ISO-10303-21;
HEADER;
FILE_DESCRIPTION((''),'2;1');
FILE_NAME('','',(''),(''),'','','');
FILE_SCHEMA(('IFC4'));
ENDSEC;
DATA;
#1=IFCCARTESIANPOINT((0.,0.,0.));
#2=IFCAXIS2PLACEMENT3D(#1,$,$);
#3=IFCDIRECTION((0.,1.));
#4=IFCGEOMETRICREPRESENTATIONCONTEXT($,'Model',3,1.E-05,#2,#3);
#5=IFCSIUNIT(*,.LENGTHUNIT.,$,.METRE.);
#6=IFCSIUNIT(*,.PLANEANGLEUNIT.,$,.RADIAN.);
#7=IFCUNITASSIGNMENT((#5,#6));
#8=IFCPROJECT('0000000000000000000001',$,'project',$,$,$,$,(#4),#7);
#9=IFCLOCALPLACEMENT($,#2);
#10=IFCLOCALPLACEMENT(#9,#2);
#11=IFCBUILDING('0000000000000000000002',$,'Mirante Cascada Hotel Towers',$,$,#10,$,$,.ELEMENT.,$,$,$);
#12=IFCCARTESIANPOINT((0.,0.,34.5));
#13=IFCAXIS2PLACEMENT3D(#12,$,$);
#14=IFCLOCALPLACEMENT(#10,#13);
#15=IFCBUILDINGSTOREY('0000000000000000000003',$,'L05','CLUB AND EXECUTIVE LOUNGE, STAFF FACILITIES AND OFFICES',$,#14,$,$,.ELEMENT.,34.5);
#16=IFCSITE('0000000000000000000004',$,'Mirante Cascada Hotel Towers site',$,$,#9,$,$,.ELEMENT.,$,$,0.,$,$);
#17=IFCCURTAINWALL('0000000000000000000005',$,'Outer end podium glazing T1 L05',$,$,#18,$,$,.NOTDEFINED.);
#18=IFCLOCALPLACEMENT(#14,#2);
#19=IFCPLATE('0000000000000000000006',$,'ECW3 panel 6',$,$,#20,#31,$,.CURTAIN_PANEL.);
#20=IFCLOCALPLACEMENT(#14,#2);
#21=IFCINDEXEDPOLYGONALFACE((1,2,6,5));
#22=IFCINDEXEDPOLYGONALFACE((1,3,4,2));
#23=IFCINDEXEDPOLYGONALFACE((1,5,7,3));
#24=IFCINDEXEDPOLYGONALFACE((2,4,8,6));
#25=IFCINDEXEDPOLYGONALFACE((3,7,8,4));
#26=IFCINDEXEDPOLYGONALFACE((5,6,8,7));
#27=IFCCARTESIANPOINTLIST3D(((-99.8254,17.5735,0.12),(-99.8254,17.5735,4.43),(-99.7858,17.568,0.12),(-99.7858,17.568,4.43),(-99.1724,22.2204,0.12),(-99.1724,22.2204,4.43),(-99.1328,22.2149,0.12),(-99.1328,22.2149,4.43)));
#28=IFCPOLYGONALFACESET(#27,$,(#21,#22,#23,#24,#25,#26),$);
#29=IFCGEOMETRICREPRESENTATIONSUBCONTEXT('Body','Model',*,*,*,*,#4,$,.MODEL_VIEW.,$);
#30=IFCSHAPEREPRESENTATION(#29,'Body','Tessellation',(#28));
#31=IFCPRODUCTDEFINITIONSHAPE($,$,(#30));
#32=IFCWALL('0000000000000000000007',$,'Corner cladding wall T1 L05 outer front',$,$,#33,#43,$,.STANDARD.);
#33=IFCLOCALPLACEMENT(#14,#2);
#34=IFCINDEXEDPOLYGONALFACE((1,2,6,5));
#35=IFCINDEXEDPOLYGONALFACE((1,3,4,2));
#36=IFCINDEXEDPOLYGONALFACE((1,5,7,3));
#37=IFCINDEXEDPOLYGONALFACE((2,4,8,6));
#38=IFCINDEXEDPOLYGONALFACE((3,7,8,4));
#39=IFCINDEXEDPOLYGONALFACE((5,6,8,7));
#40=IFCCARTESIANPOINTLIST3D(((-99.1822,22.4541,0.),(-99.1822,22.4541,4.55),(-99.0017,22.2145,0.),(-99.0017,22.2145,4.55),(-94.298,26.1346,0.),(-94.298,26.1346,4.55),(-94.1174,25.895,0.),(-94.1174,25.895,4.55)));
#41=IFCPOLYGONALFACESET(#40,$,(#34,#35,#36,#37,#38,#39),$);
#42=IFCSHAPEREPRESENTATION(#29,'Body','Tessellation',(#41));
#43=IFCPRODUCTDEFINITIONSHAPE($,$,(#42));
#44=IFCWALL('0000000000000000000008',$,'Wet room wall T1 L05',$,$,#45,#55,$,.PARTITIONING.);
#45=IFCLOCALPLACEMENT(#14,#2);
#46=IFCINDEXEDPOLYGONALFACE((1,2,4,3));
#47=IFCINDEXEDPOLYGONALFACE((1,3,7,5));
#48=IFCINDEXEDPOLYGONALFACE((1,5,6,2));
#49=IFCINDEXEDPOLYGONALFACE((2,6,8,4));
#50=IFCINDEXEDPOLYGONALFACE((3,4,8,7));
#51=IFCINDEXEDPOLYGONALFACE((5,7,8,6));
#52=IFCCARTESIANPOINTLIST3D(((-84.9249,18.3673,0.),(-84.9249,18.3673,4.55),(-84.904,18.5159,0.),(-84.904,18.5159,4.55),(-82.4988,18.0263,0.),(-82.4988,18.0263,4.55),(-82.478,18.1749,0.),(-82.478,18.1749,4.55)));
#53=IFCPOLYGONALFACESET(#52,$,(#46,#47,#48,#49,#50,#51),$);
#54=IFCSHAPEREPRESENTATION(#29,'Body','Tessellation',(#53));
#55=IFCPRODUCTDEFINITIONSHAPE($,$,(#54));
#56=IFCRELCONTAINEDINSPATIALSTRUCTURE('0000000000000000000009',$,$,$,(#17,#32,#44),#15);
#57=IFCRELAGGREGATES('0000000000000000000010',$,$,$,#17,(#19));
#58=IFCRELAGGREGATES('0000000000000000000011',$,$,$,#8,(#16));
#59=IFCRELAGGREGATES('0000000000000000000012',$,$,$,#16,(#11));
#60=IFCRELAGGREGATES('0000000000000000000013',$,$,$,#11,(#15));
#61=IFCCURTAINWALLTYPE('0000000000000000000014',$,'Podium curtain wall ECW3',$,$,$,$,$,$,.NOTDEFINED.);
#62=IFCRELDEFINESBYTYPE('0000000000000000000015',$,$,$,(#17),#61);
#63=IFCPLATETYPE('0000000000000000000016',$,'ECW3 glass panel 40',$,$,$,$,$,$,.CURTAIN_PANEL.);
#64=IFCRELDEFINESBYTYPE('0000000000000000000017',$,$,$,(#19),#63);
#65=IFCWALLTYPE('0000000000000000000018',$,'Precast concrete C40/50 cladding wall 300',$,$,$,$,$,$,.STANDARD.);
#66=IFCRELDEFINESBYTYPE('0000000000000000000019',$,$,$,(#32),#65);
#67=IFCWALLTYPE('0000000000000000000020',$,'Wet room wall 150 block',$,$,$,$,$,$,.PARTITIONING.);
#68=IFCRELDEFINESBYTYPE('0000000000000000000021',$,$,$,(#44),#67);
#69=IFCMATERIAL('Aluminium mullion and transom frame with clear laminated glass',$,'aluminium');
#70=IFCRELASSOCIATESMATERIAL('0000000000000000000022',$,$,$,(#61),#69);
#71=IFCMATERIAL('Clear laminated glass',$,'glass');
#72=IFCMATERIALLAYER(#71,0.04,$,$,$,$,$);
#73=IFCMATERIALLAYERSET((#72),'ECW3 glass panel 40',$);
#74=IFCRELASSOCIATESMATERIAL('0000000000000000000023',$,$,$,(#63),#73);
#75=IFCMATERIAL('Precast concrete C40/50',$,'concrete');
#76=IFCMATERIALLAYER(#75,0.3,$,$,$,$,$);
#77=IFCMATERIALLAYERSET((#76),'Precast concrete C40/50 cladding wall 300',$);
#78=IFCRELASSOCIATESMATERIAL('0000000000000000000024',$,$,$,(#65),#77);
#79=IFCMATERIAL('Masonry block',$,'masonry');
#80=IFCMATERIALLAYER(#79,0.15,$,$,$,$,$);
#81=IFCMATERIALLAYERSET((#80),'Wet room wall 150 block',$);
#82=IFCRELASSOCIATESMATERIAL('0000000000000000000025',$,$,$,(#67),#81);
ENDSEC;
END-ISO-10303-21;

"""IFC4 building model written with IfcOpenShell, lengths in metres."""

from ifc_helpers import new_model, si_unit, direction, frame, frame_2d, origin, origin_2d, place, context, subcontext, project, spatial, rectangle, extrude, material, layer, layer_set, type_object, element, aggregate, save


model = new_model("IFC4")

# Units and contexts
model_context = context("Model", 3, precision=1e-05, world=origin(), true_north=direction((0.0, 1.0)))
body_context = subcontext(model_context, "Body", "Model", "MODEL_VIEW")
ifc_project = project(units=[si_unit("LENGTHUNIT", "METRE"), si_unit("PLANEANGLEUNIT", "RADIAN")], contexts=[model_context])

# Site, building, storey
site_placement = place(None, origin())
site = spatial("IfcSite", under=ifc_project, at=site_placement, Name="Mirante Cascada Hotel Towers site", CompositionType="ELEMENT", RefElevation=0.0)
building_placement = place(site_placement, origin())
building = spatial("IfcBuilding", under=site, at=building_placement, Name="Mirante Cascada Hotel Towers", CompositionType="ELEMENT")
storey_placement = place(building_placement, frame((0.0, 0.0, 34.5)))
storey = spatial("IfcBuildingStorey", under=building, at=storey_placement, Name="L05", Description="CLUB AND EXECUTIVE LOUNGE, STAFF FACILITIES AND OFFICES", CompositionType="ELEMENT", Elevation=34.5)

# Shared definitions
ifc_material_1 = material(Name="Aluminium mullion and transom frame with clear laminated glass", Category="aluminium")
curtain_wall_type = type_object("IfcCurtainWallType", Name="Podium curtain wall ECW3", PredefinedType="NOTDEFINED", material=ifc_material_1)

# Curtain wall
curtain_wall_1_placement = place(storey_placement, origin())
curtain_wall_1 = element("IfcCurtainWall", 1, at=curtain_wall_1_placement, inside=storey, type_object=curtain_wall_type, Name="Outer end podium glazing T1 L05", PredefinedType="NOTDEFINED")

# Plate
ifc_material_2 = material(Name="Clear laminated glass", Category="glass")
ifc_layer_1 = layer(ifc_material_2, 0.04)
ifc_layer_set_1 = layer_set([ifc_layer_1], Name="ECW3 glass panel 40")
plate_type = type_object("IfcPlateType", Name="ECW3 glass panel 40", PredefinedType="CURTAIN_PANEL", material=ifc_layer_set_1)
plate_1_placement = place(storey_placement, frame((-99.4791, 19.8942, 0.12), z_axis=(0.0, 0.0, 1.0), x_axis=(0.139173, 0.990268, 0.0)))
plate_1 = element("IfcPlate", 2, at=plate_1_placement, type_object=plate_type, Name="ECW3 panel 6", PredefinedType="CURTAIN_PANEL", context=body_context, shape_type="SweptSolid", body=[
    extrude(rectangle(XDim=4.6926, YDim=0.04, at=origin_2d()), origin(), (0.0, 0.0, 1.0), 4.31),
])
aggregate(curtain_wall_1, [plate_1])

# Walls
ifc_material_3 = material(Name="Precast concrete C40/50", Category="concrete")
ifc_layer_2 = layer(ifc_material_3, 0.3)
ifc_layer_set_2 = layer_set([ifc_layer_2], Name="Precast concrete C40/50 cladding wall 300")
wall_type_1 = type_object("IfcWallType", Name="Precast concrete C40/50 cladding wall 300", PredefinedType="STANDARD", material=ifc_layer_set_2)
wall_1_placement = place(storey_placement, frame((-99.0919, 22.3343, 0.0), z_axis=(0.0, 0.0, 1.0), x_axis=(0.798636, 0.601814, 0.0)))
element("IfcWall", 3, at=wall_1_placement, inside=storey, type_object=wall_type_1, Name="Corner cladding wall T1 L05 outer front", PredefinedType="STANDARD", context=body_context, shape_type="SweptSolid", body=[
    extrude(rectangle(XDim=6.1157, YDim=0.3, at=frame_2d((3.0578, 0.0))), origin(), (0.0, 0.0, 1.0), 4.55),
])
ifc_material_4 = material(Name="Masonry block", Category="masonry")
ifc_layer_3 = layer(ifc_material_4, 0.15)
ifc_layer_set_3 = layer_set([ifc_layer_3], Name="Wet room wall 150 block")
wall_type_2 = type_object("IfcWallType", Name="Wet room wall 150 block", PredefinedType="PARTITIONING", material=ifc_layer_set_3)
wall_2_placement = place(storey_placement, frame((-84.9145, 18.4416, 0.0), z_axis=(0.0, 0.0, 1.0), x_axis=(0.990266, -0.139187, 0.0)))
element("IfcWall", 4, at=wall_2_placement, inside=storey, type_object=wall_type_2, Name="Wet room wall T1 L05", PredefinedType="PARTITIONING", context=body_context, shape_type="SweptSolid", body=[
    extrude(rectangle(XDim=2.4499, YDim=0.15, at=frame_2d((1.225, 0.0))), origin(), (0.0, 0.0, 1.0), 4.55),
])

save(model, "model.ifc")
